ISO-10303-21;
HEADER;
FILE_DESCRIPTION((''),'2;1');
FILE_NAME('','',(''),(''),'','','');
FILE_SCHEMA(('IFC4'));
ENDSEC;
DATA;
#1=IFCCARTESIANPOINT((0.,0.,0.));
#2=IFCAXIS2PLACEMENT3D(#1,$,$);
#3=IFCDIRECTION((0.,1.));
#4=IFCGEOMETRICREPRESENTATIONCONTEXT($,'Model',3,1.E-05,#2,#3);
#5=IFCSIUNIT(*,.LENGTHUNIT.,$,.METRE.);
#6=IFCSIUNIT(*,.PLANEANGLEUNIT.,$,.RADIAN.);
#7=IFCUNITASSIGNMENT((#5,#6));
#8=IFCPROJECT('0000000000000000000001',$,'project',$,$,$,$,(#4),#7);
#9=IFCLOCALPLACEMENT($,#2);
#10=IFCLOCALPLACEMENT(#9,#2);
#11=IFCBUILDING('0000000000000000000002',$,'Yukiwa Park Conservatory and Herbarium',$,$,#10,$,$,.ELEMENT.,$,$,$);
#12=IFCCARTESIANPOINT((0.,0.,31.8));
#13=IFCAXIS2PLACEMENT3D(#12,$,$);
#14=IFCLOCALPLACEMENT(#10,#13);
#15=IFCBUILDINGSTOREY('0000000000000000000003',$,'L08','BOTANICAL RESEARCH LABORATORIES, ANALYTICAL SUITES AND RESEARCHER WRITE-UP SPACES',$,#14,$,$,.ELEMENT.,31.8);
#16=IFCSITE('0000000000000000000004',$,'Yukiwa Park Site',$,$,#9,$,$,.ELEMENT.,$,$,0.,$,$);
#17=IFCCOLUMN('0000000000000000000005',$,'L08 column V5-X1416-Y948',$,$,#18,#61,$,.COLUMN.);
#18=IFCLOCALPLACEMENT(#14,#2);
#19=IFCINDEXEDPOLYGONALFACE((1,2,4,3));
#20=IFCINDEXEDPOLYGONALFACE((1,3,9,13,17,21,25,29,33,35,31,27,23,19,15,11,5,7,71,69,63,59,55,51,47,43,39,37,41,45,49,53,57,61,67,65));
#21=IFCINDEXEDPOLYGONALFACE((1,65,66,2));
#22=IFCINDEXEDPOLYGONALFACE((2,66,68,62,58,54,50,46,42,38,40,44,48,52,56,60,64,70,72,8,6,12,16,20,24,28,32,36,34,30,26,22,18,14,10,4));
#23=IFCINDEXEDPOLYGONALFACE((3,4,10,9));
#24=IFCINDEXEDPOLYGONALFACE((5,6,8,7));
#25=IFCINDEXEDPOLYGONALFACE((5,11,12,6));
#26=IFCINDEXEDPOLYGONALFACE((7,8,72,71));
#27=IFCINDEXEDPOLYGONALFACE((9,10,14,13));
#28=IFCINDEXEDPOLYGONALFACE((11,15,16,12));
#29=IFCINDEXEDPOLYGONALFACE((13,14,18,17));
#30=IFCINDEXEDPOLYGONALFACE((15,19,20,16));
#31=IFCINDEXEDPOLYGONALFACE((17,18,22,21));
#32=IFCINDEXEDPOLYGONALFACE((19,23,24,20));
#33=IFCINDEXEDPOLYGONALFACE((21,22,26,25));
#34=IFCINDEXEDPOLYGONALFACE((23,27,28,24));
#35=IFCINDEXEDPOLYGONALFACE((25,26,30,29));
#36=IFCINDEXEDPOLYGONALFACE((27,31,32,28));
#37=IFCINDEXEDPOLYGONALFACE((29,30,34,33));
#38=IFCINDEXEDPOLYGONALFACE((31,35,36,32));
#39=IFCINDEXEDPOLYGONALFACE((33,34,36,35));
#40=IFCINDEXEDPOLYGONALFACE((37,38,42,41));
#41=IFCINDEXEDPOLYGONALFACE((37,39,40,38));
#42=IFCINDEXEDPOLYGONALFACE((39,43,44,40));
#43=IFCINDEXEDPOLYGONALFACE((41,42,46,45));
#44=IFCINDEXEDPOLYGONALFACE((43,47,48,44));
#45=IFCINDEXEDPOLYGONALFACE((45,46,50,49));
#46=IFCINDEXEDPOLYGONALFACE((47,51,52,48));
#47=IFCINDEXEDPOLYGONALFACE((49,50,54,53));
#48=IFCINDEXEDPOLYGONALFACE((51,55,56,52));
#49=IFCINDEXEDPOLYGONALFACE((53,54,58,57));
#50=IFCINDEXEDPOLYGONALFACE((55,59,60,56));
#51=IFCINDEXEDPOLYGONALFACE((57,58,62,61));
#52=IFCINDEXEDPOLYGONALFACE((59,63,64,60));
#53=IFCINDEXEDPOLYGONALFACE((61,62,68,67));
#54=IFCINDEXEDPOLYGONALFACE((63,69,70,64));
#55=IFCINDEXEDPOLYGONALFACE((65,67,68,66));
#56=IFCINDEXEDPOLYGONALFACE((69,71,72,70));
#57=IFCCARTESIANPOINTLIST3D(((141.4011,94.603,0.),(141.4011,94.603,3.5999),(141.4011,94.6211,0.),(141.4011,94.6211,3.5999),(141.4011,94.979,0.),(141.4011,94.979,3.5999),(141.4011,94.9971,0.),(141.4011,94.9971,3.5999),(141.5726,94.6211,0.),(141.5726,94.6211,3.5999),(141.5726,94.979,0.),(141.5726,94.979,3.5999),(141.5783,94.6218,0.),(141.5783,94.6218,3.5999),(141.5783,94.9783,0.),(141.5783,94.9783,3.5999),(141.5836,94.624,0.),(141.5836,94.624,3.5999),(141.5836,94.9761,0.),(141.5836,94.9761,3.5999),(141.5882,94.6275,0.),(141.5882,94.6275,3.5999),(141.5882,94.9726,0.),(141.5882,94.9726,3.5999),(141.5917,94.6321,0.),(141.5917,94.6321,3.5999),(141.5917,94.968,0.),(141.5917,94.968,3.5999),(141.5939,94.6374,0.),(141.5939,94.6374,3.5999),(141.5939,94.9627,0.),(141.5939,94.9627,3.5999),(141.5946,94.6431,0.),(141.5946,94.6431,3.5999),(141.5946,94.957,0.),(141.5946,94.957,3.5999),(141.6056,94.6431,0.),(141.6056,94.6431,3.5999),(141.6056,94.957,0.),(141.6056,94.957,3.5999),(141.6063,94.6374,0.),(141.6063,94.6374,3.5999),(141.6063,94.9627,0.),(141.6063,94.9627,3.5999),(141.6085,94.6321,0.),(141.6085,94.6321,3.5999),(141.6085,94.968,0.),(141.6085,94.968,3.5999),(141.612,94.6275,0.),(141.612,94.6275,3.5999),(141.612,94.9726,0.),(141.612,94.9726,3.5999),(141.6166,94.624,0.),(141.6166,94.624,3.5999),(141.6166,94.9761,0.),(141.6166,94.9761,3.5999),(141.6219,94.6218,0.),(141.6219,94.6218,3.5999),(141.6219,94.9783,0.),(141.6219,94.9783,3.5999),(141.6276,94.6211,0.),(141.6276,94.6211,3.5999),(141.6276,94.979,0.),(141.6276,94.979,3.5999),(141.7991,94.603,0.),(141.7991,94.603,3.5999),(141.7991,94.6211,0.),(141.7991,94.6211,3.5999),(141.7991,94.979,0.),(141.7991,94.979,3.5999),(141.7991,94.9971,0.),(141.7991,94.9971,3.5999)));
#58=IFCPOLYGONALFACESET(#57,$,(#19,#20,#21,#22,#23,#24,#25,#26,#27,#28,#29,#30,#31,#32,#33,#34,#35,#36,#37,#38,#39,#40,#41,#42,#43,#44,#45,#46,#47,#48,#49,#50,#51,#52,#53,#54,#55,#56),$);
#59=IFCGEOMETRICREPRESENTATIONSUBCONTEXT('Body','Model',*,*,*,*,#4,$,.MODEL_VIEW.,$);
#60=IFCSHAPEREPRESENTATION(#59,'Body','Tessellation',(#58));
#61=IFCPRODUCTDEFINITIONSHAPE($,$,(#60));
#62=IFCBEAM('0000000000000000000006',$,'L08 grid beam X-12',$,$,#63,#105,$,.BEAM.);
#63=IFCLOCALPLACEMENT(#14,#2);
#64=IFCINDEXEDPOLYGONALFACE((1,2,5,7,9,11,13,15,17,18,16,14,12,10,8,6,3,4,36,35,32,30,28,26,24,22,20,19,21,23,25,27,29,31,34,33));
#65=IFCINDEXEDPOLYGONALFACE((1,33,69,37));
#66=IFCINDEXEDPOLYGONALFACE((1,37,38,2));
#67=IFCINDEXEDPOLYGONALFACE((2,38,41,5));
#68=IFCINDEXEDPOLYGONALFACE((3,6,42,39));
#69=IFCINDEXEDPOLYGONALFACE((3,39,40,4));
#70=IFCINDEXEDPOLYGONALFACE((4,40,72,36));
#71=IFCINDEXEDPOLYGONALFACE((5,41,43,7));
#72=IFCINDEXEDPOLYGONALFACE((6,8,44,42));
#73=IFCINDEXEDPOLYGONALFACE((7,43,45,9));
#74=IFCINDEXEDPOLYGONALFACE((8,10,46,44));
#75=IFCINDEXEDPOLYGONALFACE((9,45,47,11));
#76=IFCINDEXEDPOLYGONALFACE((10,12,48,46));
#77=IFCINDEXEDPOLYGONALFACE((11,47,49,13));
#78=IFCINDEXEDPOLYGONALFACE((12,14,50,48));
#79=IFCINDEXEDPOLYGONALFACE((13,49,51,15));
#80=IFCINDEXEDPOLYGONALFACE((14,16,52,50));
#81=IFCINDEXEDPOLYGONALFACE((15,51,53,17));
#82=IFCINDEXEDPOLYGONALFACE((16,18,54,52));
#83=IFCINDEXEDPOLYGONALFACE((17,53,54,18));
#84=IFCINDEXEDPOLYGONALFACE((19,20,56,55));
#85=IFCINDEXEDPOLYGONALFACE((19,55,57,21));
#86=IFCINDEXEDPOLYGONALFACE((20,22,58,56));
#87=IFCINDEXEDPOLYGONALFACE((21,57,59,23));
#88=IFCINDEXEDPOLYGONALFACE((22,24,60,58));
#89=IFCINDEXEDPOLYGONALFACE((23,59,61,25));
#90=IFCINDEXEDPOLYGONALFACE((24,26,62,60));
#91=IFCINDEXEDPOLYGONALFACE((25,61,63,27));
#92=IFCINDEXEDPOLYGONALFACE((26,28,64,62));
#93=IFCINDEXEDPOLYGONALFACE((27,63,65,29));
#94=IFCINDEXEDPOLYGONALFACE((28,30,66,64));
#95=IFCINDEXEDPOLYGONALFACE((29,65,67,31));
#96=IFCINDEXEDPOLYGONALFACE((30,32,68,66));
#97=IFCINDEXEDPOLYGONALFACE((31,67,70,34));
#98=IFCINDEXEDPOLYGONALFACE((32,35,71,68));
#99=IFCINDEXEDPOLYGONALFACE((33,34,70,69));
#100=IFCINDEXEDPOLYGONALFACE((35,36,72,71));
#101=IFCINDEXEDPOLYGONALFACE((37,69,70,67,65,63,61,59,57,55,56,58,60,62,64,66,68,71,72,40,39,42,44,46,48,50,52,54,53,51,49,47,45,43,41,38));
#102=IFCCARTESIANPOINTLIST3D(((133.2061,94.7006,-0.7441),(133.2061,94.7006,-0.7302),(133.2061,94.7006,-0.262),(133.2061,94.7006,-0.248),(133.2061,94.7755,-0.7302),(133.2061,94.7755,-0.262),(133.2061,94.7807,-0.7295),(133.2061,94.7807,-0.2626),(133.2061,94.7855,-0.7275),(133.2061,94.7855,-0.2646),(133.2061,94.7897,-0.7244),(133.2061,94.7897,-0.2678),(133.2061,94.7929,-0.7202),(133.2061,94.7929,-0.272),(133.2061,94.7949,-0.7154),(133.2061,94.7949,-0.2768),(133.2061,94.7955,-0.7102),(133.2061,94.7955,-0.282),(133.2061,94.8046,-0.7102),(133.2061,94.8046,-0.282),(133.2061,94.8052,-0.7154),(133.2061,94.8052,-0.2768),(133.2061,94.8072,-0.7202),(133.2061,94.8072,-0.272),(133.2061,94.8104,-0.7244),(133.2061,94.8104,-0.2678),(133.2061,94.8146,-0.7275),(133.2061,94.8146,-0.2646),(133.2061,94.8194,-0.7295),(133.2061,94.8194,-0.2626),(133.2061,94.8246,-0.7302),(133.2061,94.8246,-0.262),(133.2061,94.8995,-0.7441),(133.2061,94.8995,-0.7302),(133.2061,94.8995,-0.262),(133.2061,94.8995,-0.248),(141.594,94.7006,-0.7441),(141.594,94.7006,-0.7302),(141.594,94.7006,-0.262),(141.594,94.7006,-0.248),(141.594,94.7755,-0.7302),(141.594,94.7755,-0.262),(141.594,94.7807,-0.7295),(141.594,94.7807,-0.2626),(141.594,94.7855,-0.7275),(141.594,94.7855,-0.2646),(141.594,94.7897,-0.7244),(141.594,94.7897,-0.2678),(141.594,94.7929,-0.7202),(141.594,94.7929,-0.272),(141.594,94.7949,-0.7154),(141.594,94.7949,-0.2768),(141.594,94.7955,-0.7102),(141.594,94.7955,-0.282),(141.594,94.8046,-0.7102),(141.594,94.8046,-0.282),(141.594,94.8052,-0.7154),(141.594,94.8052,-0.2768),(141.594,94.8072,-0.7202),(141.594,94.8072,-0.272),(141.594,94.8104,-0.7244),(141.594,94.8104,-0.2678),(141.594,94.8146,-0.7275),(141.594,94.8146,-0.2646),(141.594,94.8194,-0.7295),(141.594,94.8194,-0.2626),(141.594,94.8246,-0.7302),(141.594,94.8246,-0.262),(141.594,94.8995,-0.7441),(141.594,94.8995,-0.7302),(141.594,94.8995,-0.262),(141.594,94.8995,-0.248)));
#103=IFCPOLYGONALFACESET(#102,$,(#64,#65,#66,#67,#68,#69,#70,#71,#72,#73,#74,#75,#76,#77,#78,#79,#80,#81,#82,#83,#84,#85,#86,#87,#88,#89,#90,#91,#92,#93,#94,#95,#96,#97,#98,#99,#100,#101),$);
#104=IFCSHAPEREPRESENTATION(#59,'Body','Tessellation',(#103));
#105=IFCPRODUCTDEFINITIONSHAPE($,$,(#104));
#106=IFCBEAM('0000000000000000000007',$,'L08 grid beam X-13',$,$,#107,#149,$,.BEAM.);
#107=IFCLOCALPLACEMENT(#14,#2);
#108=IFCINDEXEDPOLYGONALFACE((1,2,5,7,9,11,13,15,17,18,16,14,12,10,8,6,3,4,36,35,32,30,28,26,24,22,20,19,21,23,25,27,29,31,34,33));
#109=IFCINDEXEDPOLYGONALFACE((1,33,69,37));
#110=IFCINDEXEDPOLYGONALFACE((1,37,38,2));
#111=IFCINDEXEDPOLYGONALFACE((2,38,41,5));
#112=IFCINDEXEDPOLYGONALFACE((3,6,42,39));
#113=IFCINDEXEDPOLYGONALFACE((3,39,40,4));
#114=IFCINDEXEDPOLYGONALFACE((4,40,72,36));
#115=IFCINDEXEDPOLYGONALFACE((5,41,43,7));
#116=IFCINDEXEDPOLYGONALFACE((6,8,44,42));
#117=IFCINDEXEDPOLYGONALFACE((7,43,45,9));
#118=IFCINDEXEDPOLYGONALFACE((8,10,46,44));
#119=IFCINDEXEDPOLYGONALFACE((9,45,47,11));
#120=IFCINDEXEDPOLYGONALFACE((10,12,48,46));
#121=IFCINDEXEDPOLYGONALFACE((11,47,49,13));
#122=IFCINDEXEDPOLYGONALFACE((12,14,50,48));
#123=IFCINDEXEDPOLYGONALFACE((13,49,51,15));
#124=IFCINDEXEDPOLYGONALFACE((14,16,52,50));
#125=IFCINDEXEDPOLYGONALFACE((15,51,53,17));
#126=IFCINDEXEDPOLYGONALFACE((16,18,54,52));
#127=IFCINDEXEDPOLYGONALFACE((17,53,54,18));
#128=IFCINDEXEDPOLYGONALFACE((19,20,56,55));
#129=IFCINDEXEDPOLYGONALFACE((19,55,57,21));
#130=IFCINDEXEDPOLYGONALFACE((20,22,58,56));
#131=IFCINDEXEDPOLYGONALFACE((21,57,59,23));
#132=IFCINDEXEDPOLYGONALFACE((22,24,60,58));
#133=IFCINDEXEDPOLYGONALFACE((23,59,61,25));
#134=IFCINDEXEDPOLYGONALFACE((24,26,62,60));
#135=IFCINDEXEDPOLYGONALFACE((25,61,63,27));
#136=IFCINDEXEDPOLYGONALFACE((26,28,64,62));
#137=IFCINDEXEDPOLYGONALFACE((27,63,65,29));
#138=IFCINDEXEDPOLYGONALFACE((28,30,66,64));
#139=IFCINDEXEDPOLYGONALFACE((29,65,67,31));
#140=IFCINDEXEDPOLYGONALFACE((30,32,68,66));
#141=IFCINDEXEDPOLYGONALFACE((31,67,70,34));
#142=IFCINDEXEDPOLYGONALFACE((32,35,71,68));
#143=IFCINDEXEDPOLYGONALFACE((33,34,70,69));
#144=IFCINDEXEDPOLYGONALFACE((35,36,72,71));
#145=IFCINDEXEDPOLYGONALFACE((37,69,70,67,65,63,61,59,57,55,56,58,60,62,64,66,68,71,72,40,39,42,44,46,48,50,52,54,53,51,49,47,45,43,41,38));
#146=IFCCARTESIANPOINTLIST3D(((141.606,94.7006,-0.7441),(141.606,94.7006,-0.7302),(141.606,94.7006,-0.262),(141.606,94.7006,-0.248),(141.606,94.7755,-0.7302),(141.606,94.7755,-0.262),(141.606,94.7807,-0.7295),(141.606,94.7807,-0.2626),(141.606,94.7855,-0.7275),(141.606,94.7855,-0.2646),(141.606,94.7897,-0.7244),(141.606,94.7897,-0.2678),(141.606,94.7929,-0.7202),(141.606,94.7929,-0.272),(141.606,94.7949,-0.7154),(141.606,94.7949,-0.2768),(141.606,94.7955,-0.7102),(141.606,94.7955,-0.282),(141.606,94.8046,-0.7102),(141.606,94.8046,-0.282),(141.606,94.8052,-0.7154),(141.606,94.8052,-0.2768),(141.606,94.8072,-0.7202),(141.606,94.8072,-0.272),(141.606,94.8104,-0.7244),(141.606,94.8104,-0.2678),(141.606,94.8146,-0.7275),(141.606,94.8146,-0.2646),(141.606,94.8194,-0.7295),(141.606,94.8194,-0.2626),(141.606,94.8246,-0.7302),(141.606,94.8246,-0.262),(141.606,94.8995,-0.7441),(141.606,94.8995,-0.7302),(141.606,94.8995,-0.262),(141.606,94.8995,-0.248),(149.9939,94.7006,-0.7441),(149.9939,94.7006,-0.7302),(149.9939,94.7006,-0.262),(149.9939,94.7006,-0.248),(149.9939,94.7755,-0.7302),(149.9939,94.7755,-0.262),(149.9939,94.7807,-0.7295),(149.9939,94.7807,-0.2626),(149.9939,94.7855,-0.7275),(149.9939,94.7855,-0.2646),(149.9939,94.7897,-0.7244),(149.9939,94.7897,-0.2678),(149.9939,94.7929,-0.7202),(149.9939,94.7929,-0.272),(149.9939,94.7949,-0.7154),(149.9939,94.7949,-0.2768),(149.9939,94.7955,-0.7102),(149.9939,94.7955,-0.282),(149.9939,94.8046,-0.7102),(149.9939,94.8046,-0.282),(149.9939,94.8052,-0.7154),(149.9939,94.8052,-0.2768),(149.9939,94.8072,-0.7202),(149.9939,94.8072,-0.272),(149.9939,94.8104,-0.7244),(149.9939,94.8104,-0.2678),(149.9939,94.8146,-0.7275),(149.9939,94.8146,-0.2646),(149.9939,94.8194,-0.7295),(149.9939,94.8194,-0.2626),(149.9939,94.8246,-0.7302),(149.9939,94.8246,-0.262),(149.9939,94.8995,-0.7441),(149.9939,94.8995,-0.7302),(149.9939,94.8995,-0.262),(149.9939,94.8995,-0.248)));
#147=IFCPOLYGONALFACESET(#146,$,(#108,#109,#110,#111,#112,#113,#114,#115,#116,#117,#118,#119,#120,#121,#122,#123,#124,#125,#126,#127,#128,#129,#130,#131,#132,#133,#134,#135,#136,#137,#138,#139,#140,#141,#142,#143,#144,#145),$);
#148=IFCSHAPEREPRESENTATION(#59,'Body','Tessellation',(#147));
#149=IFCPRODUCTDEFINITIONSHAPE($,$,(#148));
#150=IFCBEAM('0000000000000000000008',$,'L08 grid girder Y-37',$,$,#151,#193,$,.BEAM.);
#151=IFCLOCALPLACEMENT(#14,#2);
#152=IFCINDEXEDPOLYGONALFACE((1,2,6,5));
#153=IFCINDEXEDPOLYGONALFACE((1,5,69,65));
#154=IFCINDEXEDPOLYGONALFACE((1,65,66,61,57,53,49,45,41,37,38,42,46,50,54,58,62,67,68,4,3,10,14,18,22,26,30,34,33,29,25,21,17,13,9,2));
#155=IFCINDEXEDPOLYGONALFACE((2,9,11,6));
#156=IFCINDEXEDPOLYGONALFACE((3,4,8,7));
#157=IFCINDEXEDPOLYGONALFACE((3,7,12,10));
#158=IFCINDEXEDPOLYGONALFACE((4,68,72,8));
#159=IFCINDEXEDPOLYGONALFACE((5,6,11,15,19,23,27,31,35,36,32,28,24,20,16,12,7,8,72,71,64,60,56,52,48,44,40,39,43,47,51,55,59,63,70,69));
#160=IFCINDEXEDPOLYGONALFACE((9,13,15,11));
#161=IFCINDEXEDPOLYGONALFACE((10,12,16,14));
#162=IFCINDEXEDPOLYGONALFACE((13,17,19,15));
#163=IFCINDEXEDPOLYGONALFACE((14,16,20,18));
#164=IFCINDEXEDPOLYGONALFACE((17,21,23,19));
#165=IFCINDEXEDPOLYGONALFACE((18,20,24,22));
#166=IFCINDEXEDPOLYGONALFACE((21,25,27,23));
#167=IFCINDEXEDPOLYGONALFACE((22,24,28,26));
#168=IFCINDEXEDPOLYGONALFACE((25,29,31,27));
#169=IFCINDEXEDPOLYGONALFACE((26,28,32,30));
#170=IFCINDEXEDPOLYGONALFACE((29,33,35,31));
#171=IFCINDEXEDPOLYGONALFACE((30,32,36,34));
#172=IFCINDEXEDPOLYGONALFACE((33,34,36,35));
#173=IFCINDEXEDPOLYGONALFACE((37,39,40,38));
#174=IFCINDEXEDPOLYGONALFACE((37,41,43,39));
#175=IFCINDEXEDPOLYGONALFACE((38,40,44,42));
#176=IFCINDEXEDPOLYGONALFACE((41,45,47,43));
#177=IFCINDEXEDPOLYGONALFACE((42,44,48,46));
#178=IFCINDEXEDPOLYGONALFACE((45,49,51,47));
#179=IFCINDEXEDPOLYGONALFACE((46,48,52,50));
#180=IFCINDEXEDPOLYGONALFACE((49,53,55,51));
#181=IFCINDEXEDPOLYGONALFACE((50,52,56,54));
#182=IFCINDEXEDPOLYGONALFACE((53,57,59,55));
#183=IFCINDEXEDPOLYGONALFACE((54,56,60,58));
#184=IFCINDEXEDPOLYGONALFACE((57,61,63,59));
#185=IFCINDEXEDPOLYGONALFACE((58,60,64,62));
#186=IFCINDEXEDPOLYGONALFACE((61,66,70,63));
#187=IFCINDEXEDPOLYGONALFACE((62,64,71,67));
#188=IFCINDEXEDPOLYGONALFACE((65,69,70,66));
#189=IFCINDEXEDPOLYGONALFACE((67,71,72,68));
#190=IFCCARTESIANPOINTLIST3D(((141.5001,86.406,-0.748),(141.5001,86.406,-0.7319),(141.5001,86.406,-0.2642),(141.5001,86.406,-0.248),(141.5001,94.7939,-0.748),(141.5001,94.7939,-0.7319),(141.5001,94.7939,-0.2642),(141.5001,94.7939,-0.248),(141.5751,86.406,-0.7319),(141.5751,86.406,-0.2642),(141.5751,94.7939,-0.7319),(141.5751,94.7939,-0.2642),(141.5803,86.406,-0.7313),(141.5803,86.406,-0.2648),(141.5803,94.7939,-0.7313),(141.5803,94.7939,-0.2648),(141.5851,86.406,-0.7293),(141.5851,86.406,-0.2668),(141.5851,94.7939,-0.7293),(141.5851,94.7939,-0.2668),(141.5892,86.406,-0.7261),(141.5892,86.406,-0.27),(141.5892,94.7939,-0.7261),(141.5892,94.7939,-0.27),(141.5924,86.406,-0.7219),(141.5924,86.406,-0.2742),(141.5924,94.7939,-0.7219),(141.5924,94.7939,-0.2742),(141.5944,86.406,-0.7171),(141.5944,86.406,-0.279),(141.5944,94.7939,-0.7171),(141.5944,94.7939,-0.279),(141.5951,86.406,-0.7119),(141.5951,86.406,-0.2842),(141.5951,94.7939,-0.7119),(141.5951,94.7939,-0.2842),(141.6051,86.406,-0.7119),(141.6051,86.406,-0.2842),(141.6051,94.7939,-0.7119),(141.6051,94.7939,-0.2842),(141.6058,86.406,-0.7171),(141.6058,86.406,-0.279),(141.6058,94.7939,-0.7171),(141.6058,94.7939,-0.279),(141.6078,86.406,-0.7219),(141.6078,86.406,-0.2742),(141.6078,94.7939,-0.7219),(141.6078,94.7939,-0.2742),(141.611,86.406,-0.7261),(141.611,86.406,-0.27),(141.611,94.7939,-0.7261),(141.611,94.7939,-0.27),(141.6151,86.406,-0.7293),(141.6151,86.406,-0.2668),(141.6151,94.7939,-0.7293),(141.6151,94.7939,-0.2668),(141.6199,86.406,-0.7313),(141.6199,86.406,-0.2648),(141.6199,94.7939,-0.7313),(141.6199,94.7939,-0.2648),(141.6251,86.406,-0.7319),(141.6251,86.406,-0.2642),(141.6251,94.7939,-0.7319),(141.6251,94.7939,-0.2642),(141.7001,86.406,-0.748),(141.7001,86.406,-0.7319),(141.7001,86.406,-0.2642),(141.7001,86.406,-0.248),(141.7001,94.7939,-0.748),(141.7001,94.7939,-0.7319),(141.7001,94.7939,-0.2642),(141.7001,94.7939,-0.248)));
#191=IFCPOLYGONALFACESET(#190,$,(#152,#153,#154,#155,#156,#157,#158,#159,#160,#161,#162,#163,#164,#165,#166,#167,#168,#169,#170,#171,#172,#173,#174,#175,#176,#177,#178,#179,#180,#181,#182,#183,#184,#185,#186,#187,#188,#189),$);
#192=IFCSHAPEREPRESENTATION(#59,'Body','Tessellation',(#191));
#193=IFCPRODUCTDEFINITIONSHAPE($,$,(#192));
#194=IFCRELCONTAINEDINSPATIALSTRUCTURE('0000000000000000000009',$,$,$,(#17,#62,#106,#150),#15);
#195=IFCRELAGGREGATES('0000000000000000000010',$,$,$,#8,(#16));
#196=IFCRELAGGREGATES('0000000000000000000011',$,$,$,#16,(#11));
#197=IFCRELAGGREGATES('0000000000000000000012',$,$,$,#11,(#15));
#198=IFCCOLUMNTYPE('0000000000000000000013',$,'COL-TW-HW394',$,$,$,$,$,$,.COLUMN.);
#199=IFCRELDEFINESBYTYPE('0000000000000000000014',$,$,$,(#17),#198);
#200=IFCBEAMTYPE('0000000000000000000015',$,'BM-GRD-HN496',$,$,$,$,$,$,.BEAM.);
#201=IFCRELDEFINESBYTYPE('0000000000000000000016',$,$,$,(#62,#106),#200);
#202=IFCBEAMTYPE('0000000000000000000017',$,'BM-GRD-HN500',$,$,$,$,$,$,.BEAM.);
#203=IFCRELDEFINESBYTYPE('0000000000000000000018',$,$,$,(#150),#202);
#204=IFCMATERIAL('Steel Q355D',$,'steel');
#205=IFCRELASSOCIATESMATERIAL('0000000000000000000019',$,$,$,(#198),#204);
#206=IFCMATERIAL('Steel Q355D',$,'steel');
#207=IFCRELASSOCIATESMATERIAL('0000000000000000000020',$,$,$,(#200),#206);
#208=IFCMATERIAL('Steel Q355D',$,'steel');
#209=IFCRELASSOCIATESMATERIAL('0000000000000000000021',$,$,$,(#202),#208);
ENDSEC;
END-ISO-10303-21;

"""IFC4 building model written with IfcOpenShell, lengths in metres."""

from ifc_helpers import new_model, si_unit, direction, frame, origin, origin_2d, place, context, subcontext, project, spatial, i_section, extrude, material, material_profile, profile_set, type_object, element, save


model = new_model("IFC4")

# Units and contexts
model_context = context("Model", 3, precision=1e-05, world=origin(), true_north=direction((0.0, 1.0)))
body_context = subcontext(model_context, "Body", "Model", "MODEL_VIEW")
ifc_project = project(units=[si_unit("LENGTHUNIT", "METRE"), si_unit("PLANEANGLEUNIT", "RADIAN")], contexts=[model_context])

# Site, building, storey
site_placement = place(None, origin())
site = spatial("IfcSite", under=ifc_project, at=site_placement, Name="Yukiwa Park Site", CompositionType="ELEMENT", RefElevation=0.0)
building_placement = place(site_placement, origin())
building = spatial("IfcBuilding", under=site, at=building_placement, Name="Yukiwa Park Conservatory and Herbarium", CompositionType="ELEMENT")
storey_placement = place(building_placement, frame((0.0, 0.0, 31.8)))
storey = spatial("IfcBuildingStorey", under=building, at=storey_placement, Name="L08", Description="BOTANICAL RESEARCH LABORATORIES, ANALYTICAL SUITES AND RESEARCHER WRITE-UP SPACES", CompositionType="ELEMENT", Elevation=31.8)

# Column
ifc_material_1 = material(Name="Steel Q355D", Category="steel")
ifc_material_profile_1 = material_profile(ifc_material_1, i_section(OverallWidth=0.3979, OverallDepth=0.394, WebThickness=0.011, FlangeThickness=0.0181, FilletRadius=0.022, at=origin_2d()), Name="HW 394x398x11x18")
ifc_profile_set_1 = profile_set([ifc_material_profile_1], Name="Steel Q355D")
column_type = type_object("IfcColumnType", Name="COL-TW-HW394", PredefinedType="COLUMN", material=ifc_profile_set_1)
column_placement = place(storey_placement, frame((141.6001, 94.8, 0.0), z_axis=(0.0, 0.0, 1.0), x_axis=(1.0, 0.0, 0.0)))
element("IfcColumn", 1, at=column_placement, inside=storey, type_object=column_type, Name="L08 column V5-X1416-Y948", PredefinedType="COLUMN", context=body_context, shape_type="SweptSolid", body=[
    extrude(i_section(OverallWidth=0.3979, OverallDepth=0.394, WebThickness=0.011, FlangeThickness=0.0181, FilletRadius=0.022, at=origin_2d()), origin(), (0.0, 0.0, 1.0), 3.5999),
])

# Beams
ifc_material_2 = material(Name="Steel Q355D", Category="steel")
ifc_material_profile_2 = material_profile(ifc_material_2, i_section(OverallWidth=0.199, OverallDepth=0.4961, WebThickness=0.009, FlangeThickness=0.0139, FilletRadius=0.02, at=origin_2d()), Name="HN 496x199x9x14")
ifc_profile_set_2 = profile_set([ifc_material_profile_2], Name="Steel Q355D")
beam_type_1 = type_object("IfcBeamType", Name="BM-GRD-HN496", PredefinedType="BEAM", material=ifc_profile_set_2)
for number, where, z_axis, x_axis, name in (
    (2, (133.2061, 94.8, -0.4961), (1.0, 0.0, 0.0), (0.0, 1.0, 0.0), "L08 grid beam X-12"),
    (3, (141.606, 94.8, -0.4961), (1.0, 0.0, 0.0), (0.0, 1.0, 0.0), "L08 grid beam X-13"),
):
    element("IfcBeam", number, at=place(storey_placement, frame(where, z_axis=z_axis, x_axis=x_axis)), inside=storey, type_object=beam_type_1, Name=name, PredefinedType="BEAM", context=body_context, shape_type="SweptSolid", body=[
        extrude(i_section(OverallWidth=0.199, OverallDepth=0.4961, WebThickness=0.009, FlangeThickness=0.0139, FilletRadius=0.02, at=origin_2d()), origin(), (0.0, 0.0, 1.0), 8.3879),
    ])
ifc_material_3 = material(Name="Steel Q355D", Category="steel")
ifc_material_profile_3 = material_profile(ifc_material_3, i_section(OverallWidth=0.2, OverallDepth=0.5, WebThickness=0.01, FlangeThickness=0.0161, FilletRadius=0.02, at=origin_2d()), Name="HN 500x200x10x16")
ifc_profile_set_3 = profile_set([ifc_material_profile_3], Name="Steel Q355D")
beam_type_2 = type_object("IfcBeamType", Name="BM-GRD-HN500", PredefinedType="BEAM", material=ifc_profile_set_3)
beam_1_placement = place(storey_placement, frame((141.6001, 86.406, -0.498), z_axis=(0.0, 1.0, 0.0), x_axis=(-1.0, 0.0, 0.0)))
element("IfcBeam", 4, at=beam_1_placement, inside=storey, type_object=beam_type_2, Name="L08 grid girder Y-37", PredefinedType="BEAM", context=body_context, shape_type="SweptSolid", body=[
    extrude(i_section(OverallWidth=0.2, OverallDepth=0.5, WebThickness=0.01, FlangeThickness=0.0161, FilletRadius=0.02, at=origin_2d()), origin(), (0.0, 0.0, 1.0), 8.3879),
])

save(model, "model.ifc")
